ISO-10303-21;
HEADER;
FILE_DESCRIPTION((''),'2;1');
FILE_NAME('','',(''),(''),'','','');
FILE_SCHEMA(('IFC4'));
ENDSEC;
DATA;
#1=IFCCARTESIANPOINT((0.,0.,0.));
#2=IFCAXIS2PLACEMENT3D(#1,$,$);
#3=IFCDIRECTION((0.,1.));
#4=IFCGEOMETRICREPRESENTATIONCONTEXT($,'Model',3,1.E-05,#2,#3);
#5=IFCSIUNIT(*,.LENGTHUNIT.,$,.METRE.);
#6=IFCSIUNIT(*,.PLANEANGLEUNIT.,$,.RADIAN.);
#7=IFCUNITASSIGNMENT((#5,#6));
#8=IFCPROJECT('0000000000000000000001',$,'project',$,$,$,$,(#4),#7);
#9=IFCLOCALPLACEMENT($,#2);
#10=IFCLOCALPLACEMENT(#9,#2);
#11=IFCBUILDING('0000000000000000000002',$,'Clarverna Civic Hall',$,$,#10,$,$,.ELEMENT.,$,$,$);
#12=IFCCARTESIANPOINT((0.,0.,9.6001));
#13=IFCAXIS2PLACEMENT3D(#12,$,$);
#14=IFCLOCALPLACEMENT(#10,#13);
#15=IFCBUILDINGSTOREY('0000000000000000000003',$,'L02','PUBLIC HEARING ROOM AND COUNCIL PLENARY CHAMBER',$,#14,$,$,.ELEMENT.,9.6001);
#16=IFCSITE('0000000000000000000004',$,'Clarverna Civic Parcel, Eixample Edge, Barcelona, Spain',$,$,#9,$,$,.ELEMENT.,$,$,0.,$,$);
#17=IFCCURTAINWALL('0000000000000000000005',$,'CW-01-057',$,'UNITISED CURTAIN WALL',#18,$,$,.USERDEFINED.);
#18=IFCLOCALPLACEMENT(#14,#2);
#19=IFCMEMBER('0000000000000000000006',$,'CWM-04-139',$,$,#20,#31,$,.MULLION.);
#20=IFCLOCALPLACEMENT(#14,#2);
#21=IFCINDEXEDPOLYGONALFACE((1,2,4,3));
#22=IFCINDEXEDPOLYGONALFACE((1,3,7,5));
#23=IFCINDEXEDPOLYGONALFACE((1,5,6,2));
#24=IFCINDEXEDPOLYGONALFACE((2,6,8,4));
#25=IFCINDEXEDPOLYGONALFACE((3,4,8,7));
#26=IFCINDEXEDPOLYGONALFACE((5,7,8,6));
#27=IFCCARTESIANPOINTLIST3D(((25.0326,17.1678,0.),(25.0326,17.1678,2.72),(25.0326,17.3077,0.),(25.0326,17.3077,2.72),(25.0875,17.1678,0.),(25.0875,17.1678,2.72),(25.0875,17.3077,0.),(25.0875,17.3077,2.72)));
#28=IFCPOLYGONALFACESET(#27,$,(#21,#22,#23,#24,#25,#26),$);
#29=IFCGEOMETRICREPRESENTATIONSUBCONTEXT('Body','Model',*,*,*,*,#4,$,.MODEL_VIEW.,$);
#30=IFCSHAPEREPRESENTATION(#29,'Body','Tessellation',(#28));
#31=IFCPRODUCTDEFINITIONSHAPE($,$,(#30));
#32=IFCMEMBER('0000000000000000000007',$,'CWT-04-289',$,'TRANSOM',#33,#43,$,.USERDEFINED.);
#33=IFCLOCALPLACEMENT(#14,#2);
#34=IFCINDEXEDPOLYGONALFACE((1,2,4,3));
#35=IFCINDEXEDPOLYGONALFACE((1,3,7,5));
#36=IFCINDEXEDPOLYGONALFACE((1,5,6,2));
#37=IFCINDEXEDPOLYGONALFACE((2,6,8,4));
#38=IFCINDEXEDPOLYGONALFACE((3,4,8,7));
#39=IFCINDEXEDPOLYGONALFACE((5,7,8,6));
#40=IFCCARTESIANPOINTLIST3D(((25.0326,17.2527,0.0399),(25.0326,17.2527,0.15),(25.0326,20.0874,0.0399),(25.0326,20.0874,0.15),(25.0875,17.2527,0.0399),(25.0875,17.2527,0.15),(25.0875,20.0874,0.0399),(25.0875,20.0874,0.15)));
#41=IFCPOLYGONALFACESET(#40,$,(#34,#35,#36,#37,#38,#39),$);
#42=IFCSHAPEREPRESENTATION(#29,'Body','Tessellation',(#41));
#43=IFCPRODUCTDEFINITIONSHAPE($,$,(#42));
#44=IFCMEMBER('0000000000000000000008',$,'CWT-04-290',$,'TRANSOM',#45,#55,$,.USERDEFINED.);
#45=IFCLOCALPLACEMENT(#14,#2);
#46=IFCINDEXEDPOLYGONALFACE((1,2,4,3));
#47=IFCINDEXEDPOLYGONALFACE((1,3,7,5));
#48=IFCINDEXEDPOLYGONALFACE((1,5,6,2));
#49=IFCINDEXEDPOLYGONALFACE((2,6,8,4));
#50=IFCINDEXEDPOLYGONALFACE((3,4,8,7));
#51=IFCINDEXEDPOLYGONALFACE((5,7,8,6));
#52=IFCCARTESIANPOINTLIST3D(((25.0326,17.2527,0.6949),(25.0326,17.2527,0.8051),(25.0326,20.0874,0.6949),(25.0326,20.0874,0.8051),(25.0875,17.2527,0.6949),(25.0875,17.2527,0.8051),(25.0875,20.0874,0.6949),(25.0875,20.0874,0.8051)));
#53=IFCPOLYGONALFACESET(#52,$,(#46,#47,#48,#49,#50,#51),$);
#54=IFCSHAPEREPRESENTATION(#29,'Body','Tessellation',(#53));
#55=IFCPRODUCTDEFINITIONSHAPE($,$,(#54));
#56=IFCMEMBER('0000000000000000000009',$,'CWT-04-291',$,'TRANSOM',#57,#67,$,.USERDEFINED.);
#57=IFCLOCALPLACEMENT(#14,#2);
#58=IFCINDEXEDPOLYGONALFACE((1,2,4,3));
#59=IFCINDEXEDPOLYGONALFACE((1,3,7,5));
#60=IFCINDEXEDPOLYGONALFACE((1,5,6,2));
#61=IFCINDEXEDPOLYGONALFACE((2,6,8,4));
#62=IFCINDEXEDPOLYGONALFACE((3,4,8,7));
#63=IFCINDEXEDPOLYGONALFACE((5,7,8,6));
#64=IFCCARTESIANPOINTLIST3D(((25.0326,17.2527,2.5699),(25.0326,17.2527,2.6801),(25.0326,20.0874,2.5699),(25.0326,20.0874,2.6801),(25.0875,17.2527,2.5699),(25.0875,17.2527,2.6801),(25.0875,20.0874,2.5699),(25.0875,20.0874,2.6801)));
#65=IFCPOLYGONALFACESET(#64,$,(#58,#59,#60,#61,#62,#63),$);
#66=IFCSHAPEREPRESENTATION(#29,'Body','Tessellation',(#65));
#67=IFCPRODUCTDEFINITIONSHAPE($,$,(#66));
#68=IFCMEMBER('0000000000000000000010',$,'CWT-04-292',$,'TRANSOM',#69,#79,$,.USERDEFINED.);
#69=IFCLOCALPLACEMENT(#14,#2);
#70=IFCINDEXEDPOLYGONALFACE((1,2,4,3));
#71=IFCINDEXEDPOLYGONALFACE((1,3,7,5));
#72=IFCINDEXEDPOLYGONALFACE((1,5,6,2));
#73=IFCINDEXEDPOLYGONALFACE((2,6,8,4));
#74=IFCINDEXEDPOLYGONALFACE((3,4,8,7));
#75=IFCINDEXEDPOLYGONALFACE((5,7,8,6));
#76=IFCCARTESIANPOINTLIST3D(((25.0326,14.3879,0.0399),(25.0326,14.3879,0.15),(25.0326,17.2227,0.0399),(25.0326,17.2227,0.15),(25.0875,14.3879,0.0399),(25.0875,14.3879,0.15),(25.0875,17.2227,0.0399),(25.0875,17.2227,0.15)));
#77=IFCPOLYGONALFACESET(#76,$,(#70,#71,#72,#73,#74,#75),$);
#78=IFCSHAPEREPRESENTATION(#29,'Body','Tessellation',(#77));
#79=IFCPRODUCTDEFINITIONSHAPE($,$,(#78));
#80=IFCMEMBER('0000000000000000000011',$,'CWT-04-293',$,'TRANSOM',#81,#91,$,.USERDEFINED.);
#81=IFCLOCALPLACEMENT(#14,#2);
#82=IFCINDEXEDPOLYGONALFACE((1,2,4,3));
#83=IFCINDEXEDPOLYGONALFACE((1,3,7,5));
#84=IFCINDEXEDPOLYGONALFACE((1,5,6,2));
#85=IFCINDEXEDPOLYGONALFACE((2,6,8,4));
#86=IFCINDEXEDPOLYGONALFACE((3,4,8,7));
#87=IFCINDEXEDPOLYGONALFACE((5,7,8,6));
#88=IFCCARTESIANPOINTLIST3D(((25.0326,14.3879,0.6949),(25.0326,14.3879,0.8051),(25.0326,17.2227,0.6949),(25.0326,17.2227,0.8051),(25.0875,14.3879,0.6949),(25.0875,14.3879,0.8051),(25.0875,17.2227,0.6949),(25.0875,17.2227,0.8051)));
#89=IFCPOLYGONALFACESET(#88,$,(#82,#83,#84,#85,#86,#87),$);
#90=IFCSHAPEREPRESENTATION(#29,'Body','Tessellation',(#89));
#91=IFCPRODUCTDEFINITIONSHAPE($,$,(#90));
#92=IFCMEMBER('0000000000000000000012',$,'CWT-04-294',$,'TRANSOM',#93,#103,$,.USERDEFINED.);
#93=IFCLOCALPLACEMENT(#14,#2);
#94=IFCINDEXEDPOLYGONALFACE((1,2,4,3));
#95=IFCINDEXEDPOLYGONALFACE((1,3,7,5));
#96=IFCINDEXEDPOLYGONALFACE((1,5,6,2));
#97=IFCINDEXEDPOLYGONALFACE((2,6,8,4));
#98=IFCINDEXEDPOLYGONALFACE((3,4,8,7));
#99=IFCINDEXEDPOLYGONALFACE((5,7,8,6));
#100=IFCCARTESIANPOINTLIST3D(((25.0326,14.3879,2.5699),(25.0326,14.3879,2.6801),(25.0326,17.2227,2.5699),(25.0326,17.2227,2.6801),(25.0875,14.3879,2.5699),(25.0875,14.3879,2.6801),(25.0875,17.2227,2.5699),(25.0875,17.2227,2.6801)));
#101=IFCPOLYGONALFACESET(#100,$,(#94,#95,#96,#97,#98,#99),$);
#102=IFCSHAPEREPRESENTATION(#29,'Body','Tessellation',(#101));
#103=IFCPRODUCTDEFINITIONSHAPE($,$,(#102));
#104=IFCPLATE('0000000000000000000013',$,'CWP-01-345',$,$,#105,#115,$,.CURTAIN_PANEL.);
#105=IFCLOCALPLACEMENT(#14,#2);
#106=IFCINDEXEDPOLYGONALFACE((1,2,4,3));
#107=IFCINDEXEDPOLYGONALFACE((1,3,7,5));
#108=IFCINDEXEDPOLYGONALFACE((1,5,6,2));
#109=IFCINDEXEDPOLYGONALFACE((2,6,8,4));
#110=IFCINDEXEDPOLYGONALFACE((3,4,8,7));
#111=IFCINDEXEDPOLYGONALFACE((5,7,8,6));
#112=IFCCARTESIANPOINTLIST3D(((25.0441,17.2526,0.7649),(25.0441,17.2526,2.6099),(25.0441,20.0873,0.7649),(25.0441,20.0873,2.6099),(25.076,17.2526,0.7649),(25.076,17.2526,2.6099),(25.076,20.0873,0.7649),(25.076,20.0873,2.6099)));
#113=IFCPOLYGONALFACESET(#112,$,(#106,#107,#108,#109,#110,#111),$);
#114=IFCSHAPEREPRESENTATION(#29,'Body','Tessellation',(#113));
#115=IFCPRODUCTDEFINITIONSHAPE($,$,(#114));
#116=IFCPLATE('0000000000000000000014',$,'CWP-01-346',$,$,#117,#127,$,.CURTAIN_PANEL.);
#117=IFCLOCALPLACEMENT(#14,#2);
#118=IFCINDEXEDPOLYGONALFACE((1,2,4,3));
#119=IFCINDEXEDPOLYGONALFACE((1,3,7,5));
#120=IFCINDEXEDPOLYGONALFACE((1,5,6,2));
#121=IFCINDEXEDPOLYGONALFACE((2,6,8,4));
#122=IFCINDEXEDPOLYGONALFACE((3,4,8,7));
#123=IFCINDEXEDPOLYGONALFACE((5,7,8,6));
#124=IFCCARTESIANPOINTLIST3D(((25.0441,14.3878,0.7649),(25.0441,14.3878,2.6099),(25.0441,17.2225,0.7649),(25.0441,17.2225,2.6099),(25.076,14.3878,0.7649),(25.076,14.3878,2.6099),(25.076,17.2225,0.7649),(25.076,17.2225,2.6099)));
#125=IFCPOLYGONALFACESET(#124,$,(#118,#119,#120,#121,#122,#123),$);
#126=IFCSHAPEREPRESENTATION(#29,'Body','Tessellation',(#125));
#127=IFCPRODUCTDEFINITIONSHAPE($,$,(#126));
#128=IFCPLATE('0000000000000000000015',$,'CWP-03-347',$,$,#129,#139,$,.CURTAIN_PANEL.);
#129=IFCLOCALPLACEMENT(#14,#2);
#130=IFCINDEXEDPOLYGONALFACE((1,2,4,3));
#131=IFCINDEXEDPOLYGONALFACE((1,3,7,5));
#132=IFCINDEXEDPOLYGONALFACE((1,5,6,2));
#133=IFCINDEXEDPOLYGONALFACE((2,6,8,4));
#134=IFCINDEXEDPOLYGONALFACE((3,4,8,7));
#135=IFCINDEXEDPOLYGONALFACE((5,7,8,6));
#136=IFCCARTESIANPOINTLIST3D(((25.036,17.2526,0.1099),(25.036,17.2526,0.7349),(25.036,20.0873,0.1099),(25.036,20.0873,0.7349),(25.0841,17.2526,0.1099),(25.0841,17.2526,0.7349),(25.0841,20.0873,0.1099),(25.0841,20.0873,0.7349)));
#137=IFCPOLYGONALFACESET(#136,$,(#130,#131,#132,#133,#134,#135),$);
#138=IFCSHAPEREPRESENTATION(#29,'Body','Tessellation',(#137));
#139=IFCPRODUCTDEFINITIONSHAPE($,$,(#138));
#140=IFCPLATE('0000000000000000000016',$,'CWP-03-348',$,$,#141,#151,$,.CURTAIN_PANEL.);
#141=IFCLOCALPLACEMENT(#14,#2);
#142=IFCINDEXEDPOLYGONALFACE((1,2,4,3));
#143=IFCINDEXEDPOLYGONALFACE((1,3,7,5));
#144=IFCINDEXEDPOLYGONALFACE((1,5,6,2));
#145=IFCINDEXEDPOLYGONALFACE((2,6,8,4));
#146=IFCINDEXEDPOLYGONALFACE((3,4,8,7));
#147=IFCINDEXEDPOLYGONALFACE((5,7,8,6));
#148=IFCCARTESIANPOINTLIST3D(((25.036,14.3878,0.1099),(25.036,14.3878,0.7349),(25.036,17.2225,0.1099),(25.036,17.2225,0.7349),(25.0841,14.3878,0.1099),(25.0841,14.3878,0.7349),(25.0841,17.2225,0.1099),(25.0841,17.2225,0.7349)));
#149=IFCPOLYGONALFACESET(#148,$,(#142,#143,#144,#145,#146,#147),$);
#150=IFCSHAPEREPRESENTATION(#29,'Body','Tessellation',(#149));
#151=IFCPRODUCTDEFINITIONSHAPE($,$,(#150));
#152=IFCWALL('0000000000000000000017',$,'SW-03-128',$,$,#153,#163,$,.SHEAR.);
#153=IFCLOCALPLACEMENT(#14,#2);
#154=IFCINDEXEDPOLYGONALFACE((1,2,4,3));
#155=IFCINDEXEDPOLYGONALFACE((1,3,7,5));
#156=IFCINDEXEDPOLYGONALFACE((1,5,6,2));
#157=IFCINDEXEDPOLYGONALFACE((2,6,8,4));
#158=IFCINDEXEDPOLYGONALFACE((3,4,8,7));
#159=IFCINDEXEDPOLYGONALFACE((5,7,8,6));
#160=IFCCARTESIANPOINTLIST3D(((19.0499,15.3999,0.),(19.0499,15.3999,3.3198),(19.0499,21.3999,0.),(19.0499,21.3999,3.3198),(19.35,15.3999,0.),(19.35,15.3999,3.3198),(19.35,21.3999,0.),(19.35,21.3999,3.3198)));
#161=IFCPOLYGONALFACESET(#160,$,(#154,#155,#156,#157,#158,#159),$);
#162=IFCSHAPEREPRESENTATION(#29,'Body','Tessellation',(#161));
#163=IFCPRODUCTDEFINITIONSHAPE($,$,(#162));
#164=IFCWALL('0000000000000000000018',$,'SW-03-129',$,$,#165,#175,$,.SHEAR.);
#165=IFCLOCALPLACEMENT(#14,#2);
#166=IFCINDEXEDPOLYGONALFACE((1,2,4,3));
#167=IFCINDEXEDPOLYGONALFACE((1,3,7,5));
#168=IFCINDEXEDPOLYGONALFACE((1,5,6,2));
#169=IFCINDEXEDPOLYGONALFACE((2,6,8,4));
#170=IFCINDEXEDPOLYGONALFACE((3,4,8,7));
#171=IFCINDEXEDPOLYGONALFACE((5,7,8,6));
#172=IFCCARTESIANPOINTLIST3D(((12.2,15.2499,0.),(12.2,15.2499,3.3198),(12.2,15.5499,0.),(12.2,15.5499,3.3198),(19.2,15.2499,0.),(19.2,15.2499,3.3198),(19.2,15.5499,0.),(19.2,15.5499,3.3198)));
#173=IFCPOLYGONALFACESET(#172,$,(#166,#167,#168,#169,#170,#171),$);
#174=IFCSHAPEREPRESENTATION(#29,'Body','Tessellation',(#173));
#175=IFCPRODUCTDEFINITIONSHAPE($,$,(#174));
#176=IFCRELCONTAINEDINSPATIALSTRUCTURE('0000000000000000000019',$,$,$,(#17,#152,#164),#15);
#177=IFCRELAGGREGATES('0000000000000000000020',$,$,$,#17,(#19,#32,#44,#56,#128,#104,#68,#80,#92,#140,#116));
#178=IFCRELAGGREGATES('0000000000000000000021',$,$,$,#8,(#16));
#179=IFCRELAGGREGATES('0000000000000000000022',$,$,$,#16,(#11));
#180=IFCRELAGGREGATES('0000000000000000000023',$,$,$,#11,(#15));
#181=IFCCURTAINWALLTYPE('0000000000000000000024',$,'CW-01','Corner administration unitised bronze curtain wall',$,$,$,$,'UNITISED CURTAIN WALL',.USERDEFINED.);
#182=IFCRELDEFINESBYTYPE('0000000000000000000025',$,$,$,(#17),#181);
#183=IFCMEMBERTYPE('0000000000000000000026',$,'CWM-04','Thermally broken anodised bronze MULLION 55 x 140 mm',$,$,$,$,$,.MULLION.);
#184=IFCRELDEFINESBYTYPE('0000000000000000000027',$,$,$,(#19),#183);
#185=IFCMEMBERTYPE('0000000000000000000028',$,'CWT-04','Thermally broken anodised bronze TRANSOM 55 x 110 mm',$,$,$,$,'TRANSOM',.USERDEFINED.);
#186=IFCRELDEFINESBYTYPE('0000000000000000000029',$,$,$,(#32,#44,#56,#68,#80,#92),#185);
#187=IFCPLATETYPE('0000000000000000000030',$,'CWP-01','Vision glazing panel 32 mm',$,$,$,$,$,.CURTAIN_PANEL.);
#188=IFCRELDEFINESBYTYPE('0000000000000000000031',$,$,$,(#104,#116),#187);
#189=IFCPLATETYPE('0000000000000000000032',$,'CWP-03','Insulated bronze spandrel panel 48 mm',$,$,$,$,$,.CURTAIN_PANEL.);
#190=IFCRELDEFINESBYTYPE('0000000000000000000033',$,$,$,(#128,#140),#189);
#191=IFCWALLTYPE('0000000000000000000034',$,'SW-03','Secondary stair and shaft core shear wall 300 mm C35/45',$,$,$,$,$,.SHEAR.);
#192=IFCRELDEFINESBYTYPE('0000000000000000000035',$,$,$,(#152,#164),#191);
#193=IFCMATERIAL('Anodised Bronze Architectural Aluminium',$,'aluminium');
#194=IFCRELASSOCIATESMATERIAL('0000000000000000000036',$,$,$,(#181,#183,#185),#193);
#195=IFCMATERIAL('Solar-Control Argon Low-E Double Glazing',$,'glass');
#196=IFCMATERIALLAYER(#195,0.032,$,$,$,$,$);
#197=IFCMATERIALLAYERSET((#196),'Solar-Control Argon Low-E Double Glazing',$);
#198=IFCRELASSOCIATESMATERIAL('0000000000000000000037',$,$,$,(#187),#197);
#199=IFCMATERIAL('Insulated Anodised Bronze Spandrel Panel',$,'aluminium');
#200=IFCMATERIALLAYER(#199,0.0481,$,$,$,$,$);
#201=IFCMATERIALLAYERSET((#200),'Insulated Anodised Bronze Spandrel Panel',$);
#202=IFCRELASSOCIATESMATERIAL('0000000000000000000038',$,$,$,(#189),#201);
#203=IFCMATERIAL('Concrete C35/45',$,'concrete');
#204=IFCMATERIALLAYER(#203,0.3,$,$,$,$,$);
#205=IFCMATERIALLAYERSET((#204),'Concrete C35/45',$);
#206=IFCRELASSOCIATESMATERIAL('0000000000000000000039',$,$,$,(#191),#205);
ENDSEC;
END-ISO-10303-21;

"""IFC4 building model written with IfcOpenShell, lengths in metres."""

from ifc_helpers import new_model, si_unit, direction, frame, frame_2d, origin, origin_2d, place, context, subcontext, project, spatial, rectangle, extrude, material, layer, layer_set, material_profile, profile_set, type_object, element, aggregate, save


model = new_model("IFC4")

# Units and contexts
model_context = context("Model", 3, precision=1e-05, world=origin(), true_north=direction((0.0, 1.0)))
body_context = subcontext(model_context, "Body", "Model", "MODEL_VIEW")
ifc_project = project(units=[si_unit("LENGTHUNIT", "METRE"), si_unit("PLANEANGLEUNIT", "RADIAN")], contexts=[model_context])

# Site, building, storey
site_placement = place(None, origin())
site = spatial("IfcSite", under=ifc_project, at=site_placement, Name="Clarverna Civic Parcel, Eixample Edge, Barcelona, Spain", CompositionType="ELEMENT", RefElevation=0.0)
building_placement = place(site_placement, origin())
building = spatial("IfcBuilding", under=site, at=building_placement, Name="Clarverna Civic Hall", CompositionType="ELEMENT")
storey_placement = place(building_placement, frame((0.0, 0.0, 9.6001)))
storey = spatial("IfcBuildingStorey", under=building, at=storey_placement, Name="L02", Description="PUBLIC HEARING ROOM AND COUNCIL PLENARY CHAMBER", CompositionType="ELEMENT", Elevation=9.6001)

# Curtain wall, members, plates
ifc_material_1 = material(Name="Anodised Bronze Architectural Aluminium", Category="aluminium")
curtain_wall_type = type_object("IfcCurtainWallType", Name="CW-01", Description="Corner administration unitised bronze curtain wall", ElementType="UNITISED CURTAIN WALL", PredefinedType="USERDEFINED", material=ifc_material_1)
curtain_wall_placement = place(storey_placement, origin())
curtain_wall = element("IfcCurtainWall", 1, at=curtain_wall_placement, inside=storey, type_object=curtain_wall_type, Name="CW-01-057", ObjectType="UNITISED CURTAIN WALL", PredefinedType="USERDEFINED")
ifc_material_profile_1 = material_profile(ifc_material_1, rectangle(XDim=0.0549, YDim=0.1399, at=origin_2d()), Name="BRONZE 55x140")
ifc_profile_set_1 = profile_set([ifc_material_profile_1], Name="Anodised Bronze Architectural Aluminium")
member_type_1 = type_object("IfcMemberType", Name="CWM-04", Description="Thermally broken anodised bronze MULLION 55 x 140 mm", PredefinedType="MULLION", material=ifc_profile_set_1)
member_1_placement = place(storey_placement, frame((25.0601, 17.2378, 0.0), z_axis=(0.0, 0.0, 1.0), x_axis=(1.0, 0.0, 0.0)))
member_1 = element("IfcMember", 2, at=member_1_placement, type_object=member_type_1, Name="CWM-04-139", PredefinedType="MULLION", context=body_context, shape_type="SweptSolid", body=[
    extrude(rectangle(XDim=0.0549, YDim=0.1399, at=origin_2d()), origin(), (0.0, 0.0, 1.0), 2.72),
])
ifc_material_profile_2 = material_profile(ifc_material_1, rectangle(XDim=0.0549, YDim=0.1101, at=origin_2d()), Name="BRONZE 55x110")
ifc_profile_set_2 = profile_set([ifc_material_profile_2], Name="Anodised Bronze Architectural Aluminium")
member_type_2 = type_object("IfcMemberType", Name="CWT-04", Description="Thermally broken anodised bronze TRANSOM 55 x 110 mm", ElementType="TRANSOM", PredefinedType="USERDEFINED", material=ifc_profile_set_2)
member_2_placement = place(storey_placement, frame((25.0601, 20.0874, 0.095), z_axis=(0.0, -1.0, 0.0), x_axis=(1.0, 0.0, 0.0)))
member_2 = element("IfcMember", 3, at=member_2_placement, type_object=member_type_2, Name="CWT-04-289", ObjectType="TRANSOM", PredefinedType="USERDEFINED", context=body_context, shape_type="SweptSolid", body=[
    extrude(rectangle(XDim=0.0549, YDim=0.1101, at=origin_2d()), origin(), (0.0, 0.0, 1.0), 2.8347),
])
member_3_placement = place(storey_placement, frame((25.0601, 20.0874, 0.75), z_axis=(0.0, -1.0, 0.0), x_axis=(1.0, 0.0, 0.0)))
member_3 = element("IfcMember", 4, at=member_3_placement, type_object=member_type_2, Name="CWT-04-290", ObjectType="TRANSOM", PredefinedType="USERDEFINED", context=body_context, shape_type="SweptSolid", body=[
    extrude(rectangle(XDim=0.0549, YDim=0.1101, at=origin_2d()), origin(), (0.0, 0.0, 1.0), 2.8347),
])
member_4_placement = place(storey_placement, frame((25.0601, 20.0874, 2.625), z_axis=(0.0, -1.0, 0.0), x_axis=(1.0, 0.0, 0.0)))
member_4 = element("IfcMember", 5, at=member_4_placement, type_object=member_type_2, Name="CWT-04-291", ObjectType="TRANSOM", PredefinedType="USERDEFINED", context=body_context, shape_type="SweptSolid", body=[
    extrude(rectangle(XDim=0.0549, YDim=0.1101, at=origin_2d()), origin(), (0.0, 0.0, 1.0), 2.8347),
])
member_5_placement = place(storey_placement, frame((25.0601, 17.2227, 0.095), z_axis=(0.0, -1.0, 0.0), x_axis=(1.0, 0.0, 0.0)))
member_5 = element("IfcMember", 6, at=member_5_placement, type_object=member_type_2, Name="CWT-04-292", ObjectType="TRANSOM", PredefinedType="USERDEFINED", context=body_context, shape_type="SweptSolid", body=[
    extrude(rectangle(XDim=0.0549, YDim=0.1101, at=origin_2d()), origin(), (0.0, 0.0, 1.0), 2.8347),
])
member_6_placement = place(storey_placement, frame((25.0601, 17.2227, 0.75), z_axis=(0.0, -1.0, 0.0), x_axis=(1.0, 0.0, 0.0)))
member_6 = element("IfcMember", 7, at=member_6_placement, type_object=member_type_2, Name="CWT-04-293", ObjectType="TRANSOM", PredefinedType="USERDEFINED", context=body_context, shape_type="SweptSolid", body=[
    extrude(rectangle(XDim=0.0549, YDim=0.1101, at=origin_2d()), origin(), (0.0, 0.0, 1.0), 2.8347),
])
member_7_placement = place(storey_placement, frame((25.0601, 17.2227, 2.625), z_axis=(0.0, -1.0, 0.0), x_axis=(1.0, 0.0, 0.0)))
member_7 = element("IfcMember", 8, at=member_7_placement, type_object=member_type_2, Name="CWT-04-294", ObjectType="TRANSOM", PredefinedType="USERDEFINED", context=body_context, shape_type="SweptSolid", body=[
    extrude(rectangle(XDim=0.0549, YDim=0.1101, at=origin_2d()), origin(), (0.0, 0.0, 1.0), 2.8347),
])
ifc_material_2 = material(Name="Solar-Control Argon Low-E Double Glazing", Category="glass")
ifc_layer_1 = layer(ifc_material_2, 0.032)
ifc_layer_set_1 = layer_set([ifc_layer_1], Name="Solar-Control Argon Low-E Double Glazing")
plate_type_1 = type_object("IfcPlateType", Name="CWP-01", Description="Vision glazing panel 32 mm", PredefinedType="CURTAIN_PANEL", material=ifc_layer_set_1)
plate_1_placement = place(storey_placement, frame((25.0601, 20.0874, 0.7649), z_axis=(0.0, 0.0, 1.0), x_axis=(0.0, -1.0, 0.0)))
plate_1 = element("IfcPlate", 9, at=plate_1_placement, type_object=plate_type_1, Name="CWP-01-345", PredefinedType="CURTAIN_PANEL", context=body_context, shape_type="SweptSolid", body=[
    extrude(rectangle(XDim=2.8347, YDim=0.032, at=frame_2d((1.4175, 0.0))), origin(), (0.0, 0.0, 1.0), 1.845),
])
plate_2_placement = place(storey_placement, frame((25.0601, 17.2227, 0.7649), z_axis=(0.0, 0.0, 1.0), x_axis=(0.0, -1.0, 0.0)))
plate_2 = element("IfcPlate", 10, at=plate_2_placement, type_object=plate_type_1, Name="CWP-01-346", PredefinedType="CURTAIN_PANEL", context=body_context, shape_type="SweptSolid", body=[
    extrude(rectangle(XDim=2.8347, YDim=0.032, at=frame_2d((1.4175, 0.0))), origin(), (0.0, 0.0, 1.0), 1.845),
])
ifc_material_3 = material(Name="Insulated Anodised Bronze Spandrel Panel", Category="aluminium")
ifc_layer_2 = layer(ifc_material_3, 0.0481)
ifc_layer_set_2 = layer_set([ifc_layer_2], Name="Insulated Anodised Bronze Spandrel Panel")
plate_type_2 = type_object("IfcPlateType", Name="CWP-03", Description="Insulated bronze spandrel panel 48 mm", PredefinedType="CURTAIN_PANEL", material=ifc_layer_set_2)
plate_3_placement = place(storey_placement, frame((25.0601, 20.0874, 0.1099), z_axis=(0.0, 0.0, 1.0), x_axis=(0.0, -1.0, 0.0)))
plate_3 = element("IfcPlate", 11, at=plate_3_placement, type_object=plate_type_2, Name="CWP-03-347", PredefinedType="CURTAIN_PANEL", context=body_context, shape_type="SweptSolid", body=[
    extrude(rectangle(XDim=2.8347, YDim=0.0481, at=frame_2d((1.4175, 0.0))), origin(), (0.0, 0.0, 1.0), 0.625),
])
plate_4_placement = place(storey_placement, frame((25.0601, 17.2227, 0.1099), z_axis=(0.0, 0.0, 1.0), x_axis=(0.0, -1.0, 0.0)))
plate_4 = element("IfcPlate", 12, at=plate_4_placement, type_object=plate_type_2, Name="CWP-03-348", PredefinedType="CURTAIN_PANEL", context=body_context, shape_type="SweptSolid", body=[
    extrude(rectangle(XDim=2.8347, YDim=0.0481, at=frame_2d((1.4175, 0.0))), origin(), (0.0, 0.0, 1.0), 0.625),
])
aggregate(curtain_wall, [member_1, member_2, member_3, member_4, plate_3, plate_1, member_5, member_6, member_7, plate_4, plate_2])

# Walls
ifc_material_4 = material(Name="Concrete C35/45", Category="concrete")
ifc_layer_3 = layer(ifc_material_4, 0.3)
ifc_layer_set_3 = layer_set([ifc_layer_3], Name="Concrete C35/45")
wall_type = type_object("IfcWallType", Name="SW-03", Description="Secondary stair and shaft core shear wall 300 mm C35/45", PredefinedType="SHEAR", material=ifc_layer_set_3)
wall_1_placement = place(storey_placement, frame((19.2, 15.3999, 0.0), z_axis=(0.0, 0.0, 1.0), x_axis=(0.0, 1.0, 0.0)))
element("IfcWall", 13, at=wall_1_placement, inside=storey, type_object=wall_type, Name="SW-03-128", PredefinedType="SHEAR", context=body_context, shape_type="SweptSolid", body=[
    extrude(rectangle(XDim=6.0, YDim=0.3, at=frame_2d((3.0, 0.0))), origin(), (0.0, 0.0, 1.0), 3.3198),
])
wall_2_placement = place(storey_placement, frame((12.2, 15.3999, 0.0), z_axis=(0.0, 0.0, 1.0), x_axis=(1.0, 0.0, 0.0)))
element("IfcWall", 14, at=wall_2_placement, inside=storey, type_object=wall_type, Name="SW-03-129", PredefinedType="SHEAR", context=body_context, shape_type="SweptSolid", body=[
    extrude(rectangle(XDim=7.0, YDim=0.3, at=frame_2d((3.5, 0.0))), origin(), (0.0, 0.0, 1.0), 3.3198),
])

save(model, "model.ifc")
